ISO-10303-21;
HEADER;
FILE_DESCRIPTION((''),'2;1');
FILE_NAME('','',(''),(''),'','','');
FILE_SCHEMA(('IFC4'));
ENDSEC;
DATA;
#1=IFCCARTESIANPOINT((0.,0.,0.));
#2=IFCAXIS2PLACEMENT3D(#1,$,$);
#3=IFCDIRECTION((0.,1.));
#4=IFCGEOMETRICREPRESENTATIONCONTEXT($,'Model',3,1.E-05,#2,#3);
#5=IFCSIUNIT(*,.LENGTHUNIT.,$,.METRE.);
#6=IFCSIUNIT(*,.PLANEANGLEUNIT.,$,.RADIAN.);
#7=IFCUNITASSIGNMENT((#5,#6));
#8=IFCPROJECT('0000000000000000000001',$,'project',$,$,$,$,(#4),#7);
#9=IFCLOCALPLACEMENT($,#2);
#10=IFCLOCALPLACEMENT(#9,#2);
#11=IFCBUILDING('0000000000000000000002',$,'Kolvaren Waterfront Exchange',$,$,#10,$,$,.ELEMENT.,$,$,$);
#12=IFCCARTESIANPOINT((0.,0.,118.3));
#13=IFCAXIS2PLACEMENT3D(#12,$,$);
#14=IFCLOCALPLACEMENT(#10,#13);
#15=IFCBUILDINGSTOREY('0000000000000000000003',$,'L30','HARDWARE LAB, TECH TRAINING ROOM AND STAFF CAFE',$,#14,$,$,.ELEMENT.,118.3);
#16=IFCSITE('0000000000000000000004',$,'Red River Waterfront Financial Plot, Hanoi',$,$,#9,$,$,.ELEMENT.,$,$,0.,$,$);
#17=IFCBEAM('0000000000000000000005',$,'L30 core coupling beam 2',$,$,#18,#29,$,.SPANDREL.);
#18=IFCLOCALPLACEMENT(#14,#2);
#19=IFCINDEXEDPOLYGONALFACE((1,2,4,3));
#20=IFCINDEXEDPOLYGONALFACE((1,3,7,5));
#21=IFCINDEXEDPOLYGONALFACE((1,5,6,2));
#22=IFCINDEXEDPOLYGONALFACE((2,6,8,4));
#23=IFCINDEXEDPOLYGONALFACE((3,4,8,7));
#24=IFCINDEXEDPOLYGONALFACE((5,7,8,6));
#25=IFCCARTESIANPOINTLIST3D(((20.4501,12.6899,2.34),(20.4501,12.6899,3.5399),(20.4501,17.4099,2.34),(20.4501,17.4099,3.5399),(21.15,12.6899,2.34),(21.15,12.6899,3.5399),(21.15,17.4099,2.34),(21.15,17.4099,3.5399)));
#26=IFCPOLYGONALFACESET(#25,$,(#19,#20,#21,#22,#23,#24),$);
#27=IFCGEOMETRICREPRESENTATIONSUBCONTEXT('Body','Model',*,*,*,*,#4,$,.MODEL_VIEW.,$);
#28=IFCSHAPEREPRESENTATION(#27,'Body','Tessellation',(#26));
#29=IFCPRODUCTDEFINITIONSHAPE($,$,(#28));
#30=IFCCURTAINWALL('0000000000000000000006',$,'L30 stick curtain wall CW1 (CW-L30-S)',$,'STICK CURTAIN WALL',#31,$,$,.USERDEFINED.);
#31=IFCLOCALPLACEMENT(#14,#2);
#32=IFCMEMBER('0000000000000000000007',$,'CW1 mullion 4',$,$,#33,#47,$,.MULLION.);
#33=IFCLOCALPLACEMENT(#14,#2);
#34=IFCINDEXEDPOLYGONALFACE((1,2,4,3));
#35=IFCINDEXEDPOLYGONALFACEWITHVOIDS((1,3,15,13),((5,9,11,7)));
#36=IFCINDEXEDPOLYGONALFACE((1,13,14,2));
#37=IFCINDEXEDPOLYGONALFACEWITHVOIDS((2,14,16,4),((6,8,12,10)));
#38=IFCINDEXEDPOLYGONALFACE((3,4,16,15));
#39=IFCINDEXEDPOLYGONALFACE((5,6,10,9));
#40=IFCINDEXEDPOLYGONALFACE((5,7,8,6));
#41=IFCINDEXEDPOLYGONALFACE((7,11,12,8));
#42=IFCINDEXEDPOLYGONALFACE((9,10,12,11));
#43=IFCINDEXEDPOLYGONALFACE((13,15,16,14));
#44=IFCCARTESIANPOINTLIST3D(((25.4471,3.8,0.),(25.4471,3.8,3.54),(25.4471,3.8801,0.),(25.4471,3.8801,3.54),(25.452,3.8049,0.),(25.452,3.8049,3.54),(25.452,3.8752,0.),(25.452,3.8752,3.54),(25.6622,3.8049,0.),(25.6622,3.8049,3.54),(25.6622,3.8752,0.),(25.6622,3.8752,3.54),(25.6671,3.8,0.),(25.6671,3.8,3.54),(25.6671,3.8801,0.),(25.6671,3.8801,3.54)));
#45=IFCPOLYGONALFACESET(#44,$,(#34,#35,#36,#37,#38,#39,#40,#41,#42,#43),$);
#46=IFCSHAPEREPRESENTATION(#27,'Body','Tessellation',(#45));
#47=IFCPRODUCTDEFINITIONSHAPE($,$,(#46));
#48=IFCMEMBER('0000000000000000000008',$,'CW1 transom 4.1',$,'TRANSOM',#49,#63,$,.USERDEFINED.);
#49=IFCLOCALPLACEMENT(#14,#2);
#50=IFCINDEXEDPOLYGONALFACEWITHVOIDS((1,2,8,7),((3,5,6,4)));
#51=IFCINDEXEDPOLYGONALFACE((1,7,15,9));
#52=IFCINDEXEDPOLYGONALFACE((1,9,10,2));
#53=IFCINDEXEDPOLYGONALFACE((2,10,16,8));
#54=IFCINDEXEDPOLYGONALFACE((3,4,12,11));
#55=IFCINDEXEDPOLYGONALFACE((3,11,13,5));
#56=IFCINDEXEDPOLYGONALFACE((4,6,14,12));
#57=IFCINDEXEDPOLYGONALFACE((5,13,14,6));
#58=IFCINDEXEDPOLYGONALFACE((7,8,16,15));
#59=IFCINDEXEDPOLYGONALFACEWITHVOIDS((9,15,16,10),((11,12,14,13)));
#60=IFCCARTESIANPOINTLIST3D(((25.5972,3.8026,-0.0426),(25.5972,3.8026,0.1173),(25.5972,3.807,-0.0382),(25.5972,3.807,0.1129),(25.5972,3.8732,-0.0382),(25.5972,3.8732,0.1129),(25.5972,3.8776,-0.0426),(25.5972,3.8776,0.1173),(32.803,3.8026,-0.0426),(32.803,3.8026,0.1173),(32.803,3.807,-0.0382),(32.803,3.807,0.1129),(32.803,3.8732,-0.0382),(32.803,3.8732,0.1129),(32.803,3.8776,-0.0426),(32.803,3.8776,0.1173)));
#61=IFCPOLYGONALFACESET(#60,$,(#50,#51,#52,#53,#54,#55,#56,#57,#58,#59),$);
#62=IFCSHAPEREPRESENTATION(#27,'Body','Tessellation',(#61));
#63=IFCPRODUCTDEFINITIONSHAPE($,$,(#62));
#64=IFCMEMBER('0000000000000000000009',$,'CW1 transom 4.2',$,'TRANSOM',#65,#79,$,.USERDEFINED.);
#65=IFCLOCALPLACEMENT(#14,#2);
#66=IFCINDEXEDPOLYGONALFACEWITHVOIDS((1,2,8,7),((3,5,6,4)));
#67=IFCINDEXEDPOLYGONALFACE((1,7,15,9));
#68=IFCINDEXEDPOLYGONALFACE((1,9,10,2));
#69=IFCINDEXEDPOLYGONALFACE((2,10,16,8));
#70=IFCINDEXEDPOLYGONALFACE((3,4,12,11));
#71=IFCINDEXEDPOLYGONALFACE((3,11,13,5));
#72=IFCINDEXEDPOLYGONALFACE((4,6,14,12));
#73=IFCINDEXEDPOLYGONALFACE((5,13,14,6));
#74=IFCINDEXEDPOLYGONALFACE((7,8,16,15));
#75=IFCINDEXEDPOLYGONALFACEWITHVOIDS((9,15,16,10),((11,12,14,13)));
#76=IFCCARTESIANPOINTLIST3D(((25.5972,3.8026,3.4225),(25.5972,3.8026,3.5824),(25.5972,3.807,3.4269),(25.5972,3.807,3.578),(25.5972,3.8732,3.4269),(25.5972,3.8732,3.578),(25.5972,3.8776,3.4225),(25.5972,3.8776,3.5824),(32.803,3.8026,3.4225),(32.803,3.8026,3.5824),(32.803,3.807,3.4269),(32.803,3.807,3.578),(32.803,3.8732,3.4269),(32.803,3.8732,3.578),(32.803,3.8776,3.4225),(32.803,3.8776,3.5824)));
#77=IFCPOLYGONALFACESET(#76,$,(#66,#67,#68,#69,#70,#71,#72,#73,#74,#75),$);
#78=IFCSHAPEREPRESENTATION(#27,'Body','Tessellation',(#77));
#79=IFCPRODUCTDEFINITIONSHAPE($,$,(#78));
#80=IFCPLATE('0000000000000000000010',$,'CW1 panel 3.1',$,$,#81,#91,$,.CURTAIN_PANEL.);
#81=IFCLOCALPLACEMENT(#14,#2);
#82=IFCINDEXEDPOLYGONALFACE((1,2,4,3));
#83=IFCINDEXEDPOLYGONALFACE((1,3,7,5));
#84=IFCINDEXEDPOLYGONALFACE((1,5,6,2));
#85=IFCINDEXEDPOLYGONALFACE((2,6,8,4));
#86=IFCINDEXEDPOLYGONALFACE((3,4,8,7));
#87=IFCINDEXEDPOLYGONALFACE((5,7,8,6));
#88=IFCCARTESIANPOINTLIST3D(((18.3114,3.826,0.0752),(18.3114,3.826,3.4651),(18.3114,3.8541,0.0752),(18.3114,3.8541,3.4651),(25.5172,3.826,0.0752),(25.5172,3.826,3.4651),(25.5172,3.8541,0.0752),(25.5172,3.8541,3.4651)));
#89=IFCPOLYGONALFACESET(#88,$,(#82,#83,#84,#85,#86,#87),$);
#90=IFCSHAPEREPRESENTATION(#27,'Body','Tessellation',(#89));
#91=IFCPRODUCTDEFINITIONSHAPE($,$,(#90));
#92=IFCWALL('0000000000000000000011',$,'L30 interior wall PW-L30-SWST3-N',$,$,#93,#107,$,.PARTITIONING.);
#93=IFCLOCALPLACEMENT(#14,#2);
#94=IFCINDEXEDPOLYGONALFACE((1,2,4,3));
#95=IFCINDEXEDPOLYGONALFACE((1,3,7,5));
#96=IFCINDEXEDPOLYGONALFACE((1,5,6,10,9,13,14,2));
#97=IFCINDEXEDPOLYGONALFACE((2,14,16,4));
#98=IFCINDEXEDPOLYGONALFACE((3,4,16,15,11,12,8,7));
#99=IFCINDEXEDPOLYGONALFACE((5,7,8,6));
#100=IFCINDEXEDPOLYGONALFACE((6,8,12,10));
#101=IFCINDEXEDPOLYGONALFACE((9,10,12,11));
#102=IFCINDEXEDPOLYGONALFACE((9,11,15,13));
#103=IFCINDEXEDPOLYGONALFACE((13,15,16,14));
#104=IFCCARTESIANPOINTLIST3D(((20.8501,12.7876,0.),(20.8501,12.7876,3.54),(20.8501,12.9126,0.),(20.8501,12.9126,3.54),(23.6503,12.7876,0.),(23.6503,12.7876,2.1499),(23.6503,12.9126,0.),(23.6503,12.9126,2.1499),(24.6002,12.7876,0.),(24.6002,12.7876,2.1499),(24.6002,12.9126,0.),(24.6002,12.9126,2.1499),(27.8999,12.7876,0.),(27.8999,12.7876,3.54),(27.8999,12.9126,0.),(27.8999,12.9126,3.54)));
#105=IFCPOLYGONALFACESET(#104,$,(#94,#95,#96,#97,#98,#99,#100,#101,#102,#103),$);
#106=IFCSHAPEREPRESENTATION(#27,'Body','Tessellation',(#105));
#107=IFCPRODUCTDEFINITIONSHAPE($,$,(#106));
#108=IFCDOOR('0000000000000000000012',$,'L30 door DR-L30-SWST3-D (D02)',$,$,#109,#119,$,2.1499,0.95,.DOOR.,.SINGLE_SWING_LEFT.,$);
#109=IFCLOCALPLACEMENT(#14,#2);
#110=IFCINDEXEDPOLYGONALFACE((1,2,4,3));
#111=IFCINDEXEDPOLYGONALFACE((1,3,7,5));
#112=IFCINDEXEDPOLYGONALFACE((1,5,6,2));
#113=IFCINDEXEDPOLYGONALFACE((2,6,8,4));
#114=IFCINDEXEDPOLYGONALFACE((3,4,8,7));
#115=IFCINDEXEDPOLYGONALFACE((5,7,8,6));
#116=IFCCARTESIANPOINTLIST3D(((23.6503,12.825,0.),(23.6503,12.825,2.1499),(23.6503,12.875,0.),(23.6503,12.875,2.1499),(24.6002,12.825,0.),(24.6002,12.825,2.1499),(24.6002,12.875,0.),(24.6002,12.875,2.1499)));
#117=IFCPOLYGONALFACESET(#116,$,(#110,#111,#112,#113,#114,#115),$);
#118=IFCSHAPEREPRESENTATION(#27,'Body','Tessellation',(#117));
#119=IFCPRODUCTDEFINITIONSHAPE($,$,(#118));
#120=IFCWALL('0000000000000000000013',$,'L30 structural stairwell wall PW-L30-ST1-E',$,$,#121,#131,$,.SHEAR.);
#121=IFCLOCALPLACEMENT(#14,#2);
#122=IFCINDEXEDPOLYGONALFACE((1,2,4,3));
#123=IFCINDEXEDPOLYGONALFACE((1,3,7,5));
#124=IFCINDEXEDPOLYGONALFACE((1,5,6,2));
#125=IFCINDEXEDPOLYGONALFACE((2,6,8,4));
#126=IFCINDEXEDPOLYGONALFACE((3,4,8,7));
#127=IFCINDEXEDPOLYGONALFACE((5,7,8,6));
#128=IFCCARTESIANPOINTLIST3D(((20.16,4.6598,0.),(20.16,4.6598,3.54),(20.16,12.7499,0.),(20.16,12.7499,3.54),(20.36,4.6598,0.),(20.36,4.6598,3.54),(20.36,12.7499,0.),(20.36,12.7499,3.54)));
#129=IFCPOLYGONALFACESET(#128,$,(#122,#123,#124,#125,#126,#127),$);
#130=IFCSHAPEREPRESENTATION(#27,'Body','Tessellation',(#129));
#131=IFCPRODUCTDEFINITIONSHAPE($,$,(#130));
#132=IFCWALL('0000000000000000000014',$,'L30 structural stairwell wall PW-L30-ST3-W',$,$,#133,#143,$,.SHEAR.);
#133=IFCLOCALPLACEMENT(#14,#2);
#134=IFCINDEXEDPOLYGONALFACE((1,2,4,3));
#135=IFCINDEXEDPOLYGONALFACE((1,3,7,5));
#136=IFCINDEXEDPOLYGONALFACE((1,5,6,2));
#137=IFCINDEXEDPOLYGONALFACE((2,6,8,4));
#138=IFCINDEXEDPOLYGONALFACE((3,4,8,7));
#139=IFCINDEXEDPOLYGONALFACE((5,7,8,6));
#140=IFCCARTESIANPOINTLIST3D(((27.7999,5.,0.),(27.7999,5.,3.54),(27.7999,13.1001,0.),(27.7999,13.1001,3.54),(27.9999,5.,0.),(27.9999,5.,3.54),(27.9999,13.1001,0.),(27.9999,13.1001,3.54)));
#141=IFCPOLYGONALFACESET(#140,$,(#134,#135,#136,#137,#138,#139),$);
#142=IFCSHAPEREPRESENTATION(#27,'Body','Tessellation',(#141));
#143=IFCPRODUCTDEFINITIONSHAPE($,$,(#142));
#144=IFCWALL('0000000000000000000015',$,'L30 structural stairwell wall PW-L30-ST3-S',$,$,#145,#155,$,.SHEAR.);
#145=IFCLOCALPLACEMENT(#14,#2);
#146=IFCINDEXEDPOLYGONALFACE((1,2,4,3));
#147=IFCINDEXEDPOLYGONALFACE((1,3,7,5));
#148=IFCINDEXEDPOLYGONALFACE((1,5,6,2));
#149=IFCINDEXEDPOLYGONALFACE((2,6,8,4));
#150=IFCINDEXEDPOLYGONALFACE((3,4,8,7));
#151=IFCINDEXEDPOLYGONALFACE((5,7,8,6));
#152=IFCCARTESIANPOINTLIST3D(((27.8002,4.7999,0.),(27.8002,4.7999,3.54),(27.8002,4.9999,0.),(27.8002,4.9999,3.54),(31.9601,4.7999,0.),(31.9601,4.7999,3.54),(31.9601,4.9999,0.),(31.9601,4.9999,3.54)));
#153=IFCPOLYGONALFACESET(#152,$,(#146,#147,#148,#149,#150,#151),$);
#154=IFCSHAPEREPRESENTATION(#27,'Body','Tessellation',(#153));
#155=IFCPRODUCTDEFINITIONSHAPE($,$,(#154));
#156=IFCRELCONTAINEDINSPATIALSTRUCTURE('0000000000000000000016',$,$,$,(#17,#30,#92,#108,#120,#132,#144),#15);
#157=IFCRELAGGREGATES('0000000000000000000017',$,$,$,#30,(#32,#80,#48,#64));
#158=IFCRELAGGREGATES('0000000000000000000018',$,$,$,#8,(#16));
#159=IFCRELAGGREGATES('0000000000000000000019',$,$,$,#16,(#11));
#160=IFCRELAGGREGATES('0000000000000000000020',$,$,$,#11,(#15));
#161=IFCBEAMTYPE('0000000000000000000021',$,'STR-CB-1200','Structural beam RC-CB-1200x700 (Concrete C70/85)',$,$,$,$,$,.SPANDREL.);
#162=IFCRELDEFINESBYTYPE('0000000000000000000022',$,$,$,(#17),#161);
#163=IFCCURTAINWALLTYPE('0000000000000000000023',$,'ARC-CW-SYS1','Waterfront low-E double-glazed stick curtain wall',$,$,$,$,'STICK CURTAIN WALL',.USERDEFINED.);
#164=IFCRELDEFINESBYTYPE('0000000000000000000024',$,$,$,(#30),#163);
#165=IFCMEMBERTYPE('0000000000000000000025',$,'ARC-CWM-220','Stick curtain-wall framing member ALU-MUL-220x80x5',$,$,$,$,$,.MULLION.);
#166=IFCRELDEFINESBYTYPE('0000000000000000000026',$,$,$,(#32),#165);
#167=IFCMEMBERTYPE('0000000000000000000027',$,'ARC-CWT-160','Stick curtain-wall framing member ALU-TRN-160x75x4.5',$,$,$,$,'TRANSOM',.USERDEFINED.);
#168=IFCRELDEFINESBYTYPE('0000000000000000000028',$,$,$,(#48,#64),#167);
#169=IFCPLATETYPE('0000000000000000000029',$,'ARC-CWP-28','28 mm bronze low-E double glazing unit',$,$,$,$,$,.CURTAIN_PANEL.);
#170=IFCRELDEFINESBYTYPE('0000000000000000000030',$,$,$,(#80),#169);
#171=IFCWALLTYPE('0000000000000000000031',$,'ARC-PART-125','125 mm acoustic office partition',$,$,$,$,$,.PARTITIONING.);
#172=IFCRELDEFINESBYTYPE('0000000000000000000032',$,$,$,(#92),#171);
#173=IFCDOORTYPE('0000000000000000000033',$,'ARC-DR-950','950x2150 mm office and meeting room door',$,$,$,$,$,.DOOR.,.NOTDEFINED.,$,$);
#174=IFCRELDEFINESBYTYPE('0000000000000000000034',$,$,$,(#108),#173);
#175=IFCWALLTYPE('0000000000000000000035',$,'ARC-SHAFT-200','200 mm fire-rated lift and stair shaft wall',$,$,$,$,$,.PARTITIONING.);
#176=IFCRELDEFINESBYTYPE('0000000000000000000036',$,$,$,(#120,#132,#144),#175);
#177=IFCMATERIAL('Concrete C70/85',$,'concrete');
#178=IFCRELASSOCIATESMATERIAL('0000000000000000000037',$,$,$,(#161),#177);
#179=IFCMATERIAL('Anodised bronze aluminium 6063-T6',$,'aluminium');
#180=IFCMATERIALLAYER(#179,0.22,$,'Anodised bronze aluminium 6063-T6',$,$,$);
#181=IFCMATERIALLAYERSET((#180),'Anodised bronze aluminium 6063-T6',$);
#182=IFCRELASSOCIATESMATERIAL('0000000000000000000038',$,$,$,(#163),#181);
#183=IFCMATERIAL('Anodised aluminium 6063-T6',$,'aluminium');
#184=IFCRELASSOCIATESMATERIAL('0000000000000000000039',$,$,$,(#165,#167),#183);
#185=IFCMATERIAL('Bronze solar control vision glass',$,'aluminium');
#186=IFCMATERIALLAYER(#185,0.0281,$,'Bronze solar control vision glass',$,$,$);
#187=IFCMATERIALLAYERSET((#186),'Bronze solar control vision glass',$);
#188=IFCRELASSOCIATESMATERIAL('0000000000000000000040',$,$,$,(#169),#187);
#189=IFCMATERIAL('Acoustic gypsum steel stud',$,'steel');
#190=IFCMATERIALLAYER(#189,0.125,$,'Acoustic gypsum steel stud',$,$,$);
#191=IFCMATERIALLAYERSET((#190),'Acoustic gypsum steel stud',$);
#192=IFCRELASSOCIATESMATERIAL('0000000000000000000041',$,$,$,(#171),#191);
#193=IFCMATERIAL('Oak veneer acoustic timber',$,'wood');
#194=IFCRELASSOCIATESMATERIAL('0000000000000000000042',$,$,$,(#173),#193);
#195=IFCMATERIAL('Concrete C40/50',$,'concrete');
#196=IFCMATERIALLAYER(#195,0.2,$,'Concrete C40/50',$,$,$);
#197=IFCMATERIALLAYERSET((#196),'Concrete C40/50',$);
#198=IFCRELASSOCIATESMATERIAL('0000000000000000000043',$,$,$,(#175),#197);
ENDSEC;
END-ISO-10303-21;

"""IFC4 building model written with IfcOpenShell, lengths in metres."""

from ifc_helpers import new_model, si_unit, direction, frame, frame_2d, origin, origin_with_axes, origin_2d, place, context, subcontext, project, spatial, rectangle, hollow_rectangle, extrude, source, transform, mapped, material, layer, layer_set, material_profile, profile_set, type_object, element, fill, aggregate, save


model = new_model("IFC4")

# Units and contexts
model_context = context("Model", 3, precision=1e-05, world=origin(), true_north=direction((0.0, 1.0)))
body_context = subcontext(model_context, "Body", "Model", "MODEL_VIEW")
ifc_project = project(units=[si_unit("LENGTHUNIT", "METRE"), si_unit("PLANEANGLEUNIT", "RADIAN")], contexts=[model_context])

# Site, building, storey
site_placement = place(None, origin())
site = spatial("IfcSite", under=ifc_project, at=site_placement, Name="Red River Waterfront Financial Plot, Hanoi", CompositionType="ELEMENT", RefElevation=0.0)
building_placement = place(site_placement, origin())
building = spatial("IfcBuilding", under=site, at=building_placement, Name="Kolvaren Waterfront Exchange", CompositionType="ELEMENT")
storey_placement = place(building_placement, frame((0.0, 0.0, 118.3)))
storey = spatial("IfcBuildingStorey", under=building, at=storey_placement, Name="L30", Description="HARDWARE LAB, TECH TRAINING ROOM AND STAFF CAFE", CompositionType="ELEMENT", Elevation=118.3)

# Beam
ifc_material_1 = material(Name="Concrete C70/85", Category="concrete")
ifc_material_profile_1 = material_profile(ifc_material_1, rectangle(XDim=0.7, YDim=1.2, at=origin_2d()), Name="RC-CB-1200x700")
ifc_profile_set_1 = profile_set([ifc_material_profile_1], Name="Concrete C70/85")
beam_type_1 = type_object("IfcBeamType", Name="STR-CB-1200", Description="Structural beam RC-CB-1200x700 (Concrete C70/85)", PredefinedType="SPANDREL", material=ifc_profile_set_1)
beam_1_placement = place(storey_placement, frame((20.8, 12.6899, 2.9399), z_axis=(0.0, 1.0, 0.0), x_axis=(-1.0, 0.0, 0.0)))
element("IfcBeam", 1, at=beam_1_placement, inside=storey, type_object=beam_type_1, Name="L30 core coupling beam 2", PredefinedType="SPANDREL", context=body_context, shape_type="SweptSolid", body=[
    extrude(rectangle(XDim=0.7, YDim=1.2, at=origin_2d()), origin(), (0.0, 0.0, 1.0), 4.72),
])

# Curtain wall, members, plate
ifc_material_2 = material(Name="Anodised bronze aluminium 6063-T6", Category="aluminium")
ifc_layer_1 = layer(ifc_material_2, 0.22, Name="Anodised bronze aluminium 6063-T6")
ifc_layer_set_1 = layer_set([ifc_layer_1], Name="Anodised bronze aluminium 6063-T6")
curtain_wall_type = type_object("IfcCurtainWallType", Name="ARC-CW-SYS1", Description="Waterfront low-E double-glazed stick curtain wall", ElementType="STICK CURTAIN WALL", PredefinedType="USERDEFINED", material=ifc_layer_set_1)
curtain_wall_placement = place(storey_placement, origin())
curtain_wall = element("IfcCurtainWall", 2, at=curtain_wall_placement, inside=storey, type_object=curtain_wall_type, Name="L30 stick curtain wall CW1 (CW-L30-S)", ObjectType="STICK CURTAIN WALL", PredefinedType="USERDEFINED")
ifc_material_3 = material(Name="Anodised aluminium 6063-T6", Category="aluminium")
ifc_material_profile_2 = material_profile(ifc_material_3, hollow_rectangle(XDim=0.0801, YDim=0.22, WallThickness=0.0049, at=origin_2d()), Name="ALU-MUL-220x80x5")
ifc_profile_set_2 = profile_set([ifc_material_profile_2], Name="Anodised aluminium 6063-T6")
member_type_1 = type_object("IfcMemberType", Name="ARC-CWM-220", Description="Stick curtain-wall framing member ALU-MUL-220x80x5", PredefinedType="MULLION", material=ifc_profile_set_2)
shared_shape_1 = source(origin_with_axes(), body_context, "Body", "SweptSolid", [
    extrude(hollow_rectangle(XDim=0.0801, YDim=0.22, WallThickness=0.0049, at=origin_2d()), origin(), (0.0, 0.0, 1.0), 3.54),
])
member_1_placement = place(storey_placement, frame((25.5571, 3.8401, 0.0), z_axis=(0.0, 0.0, 1.0), x_axis=(0.0, 1.0, 0.0)))
member_1 = element("IfcMember", 3, at=member_1_placement, type_object=member_type_1, Name="CW1 mullion 4", PredefinedType="MULLION", context=body_context, shape_type="MappedRepresentation", body=[
    mapped(shared_shape_1, transform((0.0, 0.0, 0.0), x_axis=(1.0, 0.0, 0.0), y_axis=(0.0, 1.0, 0.0), z_axis=(0.0, 0.0, 1.0), scale=1.0)),
])
ifc_material_profile_3 = material_profile(ifc_material_3, hollow_rectangle(XDim=0.075, YDim=0.1599, WallThickness=0.0044, at=origin_2d()), Name="ALU-TRN-160x75x4.5")
ifc_profile_set_3 = profile_set([ifc_material_profile_3], Name="Anodised aluminium 6063-T6")
member_type_2 = type_object("IfcMemberType", Name="ARC-CWT-160", Description="Stick curtain-wall framing member ALU-TRN-160x75x4.5", ElementType="TRANSOM", PredefinedType="USERDEFINED", material=ifc_profile_set_3)
shared_shape_2 = source(origin_with_axes(), body_context, "Body", "SweptSolid", [
    extrude(hollow_rectangle(XDim=0.075, YDim=0.1599, WallThickness=0.0044, at=origin_2d()), origin(), (0.0, 0.0, 1.0), 7.2058),
])
member_2_placement = place(storey_placement, frame((25.5972, 3.8401, 0.0374), z_axis=(1.0, 0.0, 0.0), x_axis=(0.0, 1.0, 0.0)))
member_2 = element("IfcMember", 4, at=member_2_placement, type_object=member_type_2, Name="CW1 transom 4.1", ObjectType="TRANSOM", PredefinedType="USERDEFINED", context=body_context, shape_type="MappedRepresentation", body=[
    mapped(shared_shape_2, transform((0.0, 0.0, 0.0), x_axis=(1.0, 0.0, 0.0), y_axis=(0.0, 1.0, 0.0), z_axis=(0.0, 0.0, 1.0), scale=1.0)),
])
member_3_placement = place(storey_placement, frame((25.5972, 3.8401, 3.5024), z_axis=(1.0, 0.0, 0.0), x_axis=(0.0, 1.0, 0.0)))
member_3 = element("IfcMember", 5, at=member_3_placement, type_object=member_type_2, Name="CW1 transom 4.2", ObjectType="TRANSOM", PredefinedType="USERDEFINED", context=body_context, shape_type="MappedRepresentation", body=[
    mapped(shared_shape_2, transform((0.0, 0.0, 0.0), x_axis=(1.0, 0.0, 0.0), y_axis=(0.0, 1.0, 0.0), z_axis=(0.0, 0.0, 1.0), scale=1.0)),
])
ifc_material_4 = material(Name="Bronze solar control vision glass", Category="aluminium")
ifc_layer_2 = layer(ifc_material_4, 0.0281, Name="Bronze solar control vision glass")
ifc_layer_set_2 = layer_set([ifc_layer_2], Name="Bronze solar control vision glass")
plate_type = type_object("IfcPlateType", Name="ARC-CWP-28", Description="28 mm bronze low-E double glazing unit", PredefinedType="CURTAIN_PANEL", material=ifc_layer_set_2)
shared_shape_3 = source(origin_with_axes(), body_context, "Body", "SweptSolid", [
    extrude(rectangle(XDim=7.2058, YDim=0.0281, at=origin_2d()), origin(), (0.0, 0.0, 1.0), 3.3899),
])
plate_placement = place(storey_placement, frame((21.9143, 3.8401, 0.0752), z_axis=(0.0, 0.0, 1.0), x_axis=(1.0, 0.0, 0.0)))
plate = element("IfcPlate", 6, at=plate_placement, type_object=plate_type, Name="CW1 panel 3.1", PredefinedType="CURTAIN_PANEL", context=body_context, shape_type="MappedRepresentation", body=[
    mapped(shared_shape_3, transform((0.0, 0.0, 0.0), x_axis=(1.0, 0.0, 0.0), y_axis=(0.0, 1.0, 0.0), z_axis=(0.0, 0.0, 1.0), scale=1.0)),
])
aggregate(curtain_wall, [member_1, plate, member_2, member_3])

# Wall, opening, door
ifc_material_5 = material(Name="Acoustic gypsum steel stud", Category="steel")
ifc_layer_3 = layer(ifc_material_5, 0.125, Name="Acoustic gypsum steel stud")
ifc_layer_set_3 = layer_set([ifc_layer_3], Name="Acoustic gypsum steel stud")
wall_type_1 = type_object("IfcWallType", Name="ARC-PART-125", Description="125 mm acoustic office partition", PredefinedType="PARTITIONING", material=ifc_layer_set_3)
wall_1_placement = place(storey_placement, frame((20.8501, 12.8501, 0.0), z_axis=(0.0, 0.0, 1.0), x_axis=(1.0, 0.0, 0.0)))
wall_1 = element("IfcWall", 7, at=wall_1_placement, inside=storey, type_object=wall_type_1, Name="L30 interior wall PW-L30-SWST3-N", PredefinedType="PARTITIONING", context=body_context, shape_type="SweptSolid", body=[
    extrude(rectangle(XDim=7.0498, YDim=0.125, at=frame_2d((3.5249, 0.0))), origin(), (0.0, 0.0, 1.0), 3.54),
])
opening_1_placement = place(wall_1_placement, frame((2.8, 0.0, 0.0)))
opening_1 = element("IfcOpeningElement", 8, at=opening_1_placement, cuts=wall_1, PredefinedType="OPENING", context=body_context, shape_type="SweptSolid", body=[
    extrude(rectangle(XDim=0.95, YDim=2.1499, at=frame_2d((0.4751, 1.075))), frame((0.0, 0.0725, 0.0), z_axis=(0.0, -1.0, 0.0), x_axis=(1.0, 0.0, 0.0)), (0.0, 0.0, 1.0), 0.145),
])
ifc_material_6 = material(Name="Oak veneer acoustic timber", Category="wood")
door_type_1 = type_object("IfcDoorType", Name="ARC-DR-950", Description="950x2150 mm office and meeting room door", OperationType="NOTDEFINED", PredefinedType="DOOR", material=ifc_material_6)
door_1_placement = place(opening_1_placement, origin())
door_1 = element("IfcDoor", 9, at=door_1_placement, inside=storey, type_object=door_type_1, Name="L30 door DR-L30-SWST3-D (D02)", OperationType="SINGLE_SWING_LEFT", OverallHeight=2.1499, OverallWidth=0.95, PredefinedType="DOOR", context=body_context, shape_type="SweptSolid", body=[
    extrude(rectangle(XDim=0.95, YDim=2.1499, at=frame_2d((0.4751, 1.075))), frame((0.0, 0.0249, 0.0), z_axis=(0.0, -1.0, 0.0), x_axis=(1.0, 0.0, 0.0)), (0.0, 0.0, 1.0), 0.05),
])
fill(opening_1, door_1)

# Walls
ifc_material_7 = material(Name="Concrete C40/50", Category="concrete")
ifc_layer_4 = layer(ifc_material_7, 0.2, Name="Concrete C40/50")
ifc_layer_set_4 = layer_set([ifc_layer_4], Name="Concrete C40/50")
wall_type_2 = type_object("IfcWallType", Name="ARC-SHAFT-200", Description="200 mm fire-rated lift and stair shaft wall", PredefinedType="PARTITIONING", material=ifc_layer_set_4)
wall_2_placement = place(storey_placement, frame((20.26, 4.6599, 0.0), z_axis=(0.0, 0.0, 1.0), x_axis=(0.0, 1.0, 0.0)))
element("IfcWall", 10, at=wall_2_placement, inside=storey, type_object=wall_type_2, Name="L30 structural stairwell wall PW-L30-ST1-E", PredefinedType="SHEAR", context=body_context, shape_type="SweptSolid", body=[
    extrude(rectangle(XDim=8.0901, YDim=0.2, at=frame_2d((4.0449, 0.0))), origin(), (0.0, 0.0, 1.0), 3.54),
])
wall_3_placement = place(storey_placement, frame((27.8999, 5.0, 0.0), z_axis=(0.0, 0.0, 1.0), x_axis=(0.0, 1.0, 0.0)))
element("IfcWall", 11, at=wall_3_placement, inside=storey, type_object=wall_type_2, Name="L30 structural stairwell wall PW-L30-ST3-W", PredefinedType="SHEAR", context=body_context, shape_type="SweptSolid", body=[
    extrude(rectangle(XDim=8.1001, YDim=0.2, at=frame_2d((4.05, 0.0))), origin(), (0.0, 0.0, 1.0), 3.54),
])
wall_4_placement = place(storey_placement, frame((27.8, 4.8999, 0.0), z_axis=(0.0, 0.0, 1.0), x_axis=(1.0, 0.0, 0.0)))
element("IfcWall", 12, at=wall_4_placement, inside=storey, type_object=wall_type_2, Name="L30 structural stairwell wall PW-L30-ST3-S", PredefinedType="SHEAR", context=body_context, shape_type="SweptSolid", body=[
    extrude(rectangle(XDim=4.1599, YDim=0.2, at=frame_2d((2.0801, 0.0))), origin(), (0.0, 0.0, 1.0), 3.54),
])

save(model, "model.ifc")
